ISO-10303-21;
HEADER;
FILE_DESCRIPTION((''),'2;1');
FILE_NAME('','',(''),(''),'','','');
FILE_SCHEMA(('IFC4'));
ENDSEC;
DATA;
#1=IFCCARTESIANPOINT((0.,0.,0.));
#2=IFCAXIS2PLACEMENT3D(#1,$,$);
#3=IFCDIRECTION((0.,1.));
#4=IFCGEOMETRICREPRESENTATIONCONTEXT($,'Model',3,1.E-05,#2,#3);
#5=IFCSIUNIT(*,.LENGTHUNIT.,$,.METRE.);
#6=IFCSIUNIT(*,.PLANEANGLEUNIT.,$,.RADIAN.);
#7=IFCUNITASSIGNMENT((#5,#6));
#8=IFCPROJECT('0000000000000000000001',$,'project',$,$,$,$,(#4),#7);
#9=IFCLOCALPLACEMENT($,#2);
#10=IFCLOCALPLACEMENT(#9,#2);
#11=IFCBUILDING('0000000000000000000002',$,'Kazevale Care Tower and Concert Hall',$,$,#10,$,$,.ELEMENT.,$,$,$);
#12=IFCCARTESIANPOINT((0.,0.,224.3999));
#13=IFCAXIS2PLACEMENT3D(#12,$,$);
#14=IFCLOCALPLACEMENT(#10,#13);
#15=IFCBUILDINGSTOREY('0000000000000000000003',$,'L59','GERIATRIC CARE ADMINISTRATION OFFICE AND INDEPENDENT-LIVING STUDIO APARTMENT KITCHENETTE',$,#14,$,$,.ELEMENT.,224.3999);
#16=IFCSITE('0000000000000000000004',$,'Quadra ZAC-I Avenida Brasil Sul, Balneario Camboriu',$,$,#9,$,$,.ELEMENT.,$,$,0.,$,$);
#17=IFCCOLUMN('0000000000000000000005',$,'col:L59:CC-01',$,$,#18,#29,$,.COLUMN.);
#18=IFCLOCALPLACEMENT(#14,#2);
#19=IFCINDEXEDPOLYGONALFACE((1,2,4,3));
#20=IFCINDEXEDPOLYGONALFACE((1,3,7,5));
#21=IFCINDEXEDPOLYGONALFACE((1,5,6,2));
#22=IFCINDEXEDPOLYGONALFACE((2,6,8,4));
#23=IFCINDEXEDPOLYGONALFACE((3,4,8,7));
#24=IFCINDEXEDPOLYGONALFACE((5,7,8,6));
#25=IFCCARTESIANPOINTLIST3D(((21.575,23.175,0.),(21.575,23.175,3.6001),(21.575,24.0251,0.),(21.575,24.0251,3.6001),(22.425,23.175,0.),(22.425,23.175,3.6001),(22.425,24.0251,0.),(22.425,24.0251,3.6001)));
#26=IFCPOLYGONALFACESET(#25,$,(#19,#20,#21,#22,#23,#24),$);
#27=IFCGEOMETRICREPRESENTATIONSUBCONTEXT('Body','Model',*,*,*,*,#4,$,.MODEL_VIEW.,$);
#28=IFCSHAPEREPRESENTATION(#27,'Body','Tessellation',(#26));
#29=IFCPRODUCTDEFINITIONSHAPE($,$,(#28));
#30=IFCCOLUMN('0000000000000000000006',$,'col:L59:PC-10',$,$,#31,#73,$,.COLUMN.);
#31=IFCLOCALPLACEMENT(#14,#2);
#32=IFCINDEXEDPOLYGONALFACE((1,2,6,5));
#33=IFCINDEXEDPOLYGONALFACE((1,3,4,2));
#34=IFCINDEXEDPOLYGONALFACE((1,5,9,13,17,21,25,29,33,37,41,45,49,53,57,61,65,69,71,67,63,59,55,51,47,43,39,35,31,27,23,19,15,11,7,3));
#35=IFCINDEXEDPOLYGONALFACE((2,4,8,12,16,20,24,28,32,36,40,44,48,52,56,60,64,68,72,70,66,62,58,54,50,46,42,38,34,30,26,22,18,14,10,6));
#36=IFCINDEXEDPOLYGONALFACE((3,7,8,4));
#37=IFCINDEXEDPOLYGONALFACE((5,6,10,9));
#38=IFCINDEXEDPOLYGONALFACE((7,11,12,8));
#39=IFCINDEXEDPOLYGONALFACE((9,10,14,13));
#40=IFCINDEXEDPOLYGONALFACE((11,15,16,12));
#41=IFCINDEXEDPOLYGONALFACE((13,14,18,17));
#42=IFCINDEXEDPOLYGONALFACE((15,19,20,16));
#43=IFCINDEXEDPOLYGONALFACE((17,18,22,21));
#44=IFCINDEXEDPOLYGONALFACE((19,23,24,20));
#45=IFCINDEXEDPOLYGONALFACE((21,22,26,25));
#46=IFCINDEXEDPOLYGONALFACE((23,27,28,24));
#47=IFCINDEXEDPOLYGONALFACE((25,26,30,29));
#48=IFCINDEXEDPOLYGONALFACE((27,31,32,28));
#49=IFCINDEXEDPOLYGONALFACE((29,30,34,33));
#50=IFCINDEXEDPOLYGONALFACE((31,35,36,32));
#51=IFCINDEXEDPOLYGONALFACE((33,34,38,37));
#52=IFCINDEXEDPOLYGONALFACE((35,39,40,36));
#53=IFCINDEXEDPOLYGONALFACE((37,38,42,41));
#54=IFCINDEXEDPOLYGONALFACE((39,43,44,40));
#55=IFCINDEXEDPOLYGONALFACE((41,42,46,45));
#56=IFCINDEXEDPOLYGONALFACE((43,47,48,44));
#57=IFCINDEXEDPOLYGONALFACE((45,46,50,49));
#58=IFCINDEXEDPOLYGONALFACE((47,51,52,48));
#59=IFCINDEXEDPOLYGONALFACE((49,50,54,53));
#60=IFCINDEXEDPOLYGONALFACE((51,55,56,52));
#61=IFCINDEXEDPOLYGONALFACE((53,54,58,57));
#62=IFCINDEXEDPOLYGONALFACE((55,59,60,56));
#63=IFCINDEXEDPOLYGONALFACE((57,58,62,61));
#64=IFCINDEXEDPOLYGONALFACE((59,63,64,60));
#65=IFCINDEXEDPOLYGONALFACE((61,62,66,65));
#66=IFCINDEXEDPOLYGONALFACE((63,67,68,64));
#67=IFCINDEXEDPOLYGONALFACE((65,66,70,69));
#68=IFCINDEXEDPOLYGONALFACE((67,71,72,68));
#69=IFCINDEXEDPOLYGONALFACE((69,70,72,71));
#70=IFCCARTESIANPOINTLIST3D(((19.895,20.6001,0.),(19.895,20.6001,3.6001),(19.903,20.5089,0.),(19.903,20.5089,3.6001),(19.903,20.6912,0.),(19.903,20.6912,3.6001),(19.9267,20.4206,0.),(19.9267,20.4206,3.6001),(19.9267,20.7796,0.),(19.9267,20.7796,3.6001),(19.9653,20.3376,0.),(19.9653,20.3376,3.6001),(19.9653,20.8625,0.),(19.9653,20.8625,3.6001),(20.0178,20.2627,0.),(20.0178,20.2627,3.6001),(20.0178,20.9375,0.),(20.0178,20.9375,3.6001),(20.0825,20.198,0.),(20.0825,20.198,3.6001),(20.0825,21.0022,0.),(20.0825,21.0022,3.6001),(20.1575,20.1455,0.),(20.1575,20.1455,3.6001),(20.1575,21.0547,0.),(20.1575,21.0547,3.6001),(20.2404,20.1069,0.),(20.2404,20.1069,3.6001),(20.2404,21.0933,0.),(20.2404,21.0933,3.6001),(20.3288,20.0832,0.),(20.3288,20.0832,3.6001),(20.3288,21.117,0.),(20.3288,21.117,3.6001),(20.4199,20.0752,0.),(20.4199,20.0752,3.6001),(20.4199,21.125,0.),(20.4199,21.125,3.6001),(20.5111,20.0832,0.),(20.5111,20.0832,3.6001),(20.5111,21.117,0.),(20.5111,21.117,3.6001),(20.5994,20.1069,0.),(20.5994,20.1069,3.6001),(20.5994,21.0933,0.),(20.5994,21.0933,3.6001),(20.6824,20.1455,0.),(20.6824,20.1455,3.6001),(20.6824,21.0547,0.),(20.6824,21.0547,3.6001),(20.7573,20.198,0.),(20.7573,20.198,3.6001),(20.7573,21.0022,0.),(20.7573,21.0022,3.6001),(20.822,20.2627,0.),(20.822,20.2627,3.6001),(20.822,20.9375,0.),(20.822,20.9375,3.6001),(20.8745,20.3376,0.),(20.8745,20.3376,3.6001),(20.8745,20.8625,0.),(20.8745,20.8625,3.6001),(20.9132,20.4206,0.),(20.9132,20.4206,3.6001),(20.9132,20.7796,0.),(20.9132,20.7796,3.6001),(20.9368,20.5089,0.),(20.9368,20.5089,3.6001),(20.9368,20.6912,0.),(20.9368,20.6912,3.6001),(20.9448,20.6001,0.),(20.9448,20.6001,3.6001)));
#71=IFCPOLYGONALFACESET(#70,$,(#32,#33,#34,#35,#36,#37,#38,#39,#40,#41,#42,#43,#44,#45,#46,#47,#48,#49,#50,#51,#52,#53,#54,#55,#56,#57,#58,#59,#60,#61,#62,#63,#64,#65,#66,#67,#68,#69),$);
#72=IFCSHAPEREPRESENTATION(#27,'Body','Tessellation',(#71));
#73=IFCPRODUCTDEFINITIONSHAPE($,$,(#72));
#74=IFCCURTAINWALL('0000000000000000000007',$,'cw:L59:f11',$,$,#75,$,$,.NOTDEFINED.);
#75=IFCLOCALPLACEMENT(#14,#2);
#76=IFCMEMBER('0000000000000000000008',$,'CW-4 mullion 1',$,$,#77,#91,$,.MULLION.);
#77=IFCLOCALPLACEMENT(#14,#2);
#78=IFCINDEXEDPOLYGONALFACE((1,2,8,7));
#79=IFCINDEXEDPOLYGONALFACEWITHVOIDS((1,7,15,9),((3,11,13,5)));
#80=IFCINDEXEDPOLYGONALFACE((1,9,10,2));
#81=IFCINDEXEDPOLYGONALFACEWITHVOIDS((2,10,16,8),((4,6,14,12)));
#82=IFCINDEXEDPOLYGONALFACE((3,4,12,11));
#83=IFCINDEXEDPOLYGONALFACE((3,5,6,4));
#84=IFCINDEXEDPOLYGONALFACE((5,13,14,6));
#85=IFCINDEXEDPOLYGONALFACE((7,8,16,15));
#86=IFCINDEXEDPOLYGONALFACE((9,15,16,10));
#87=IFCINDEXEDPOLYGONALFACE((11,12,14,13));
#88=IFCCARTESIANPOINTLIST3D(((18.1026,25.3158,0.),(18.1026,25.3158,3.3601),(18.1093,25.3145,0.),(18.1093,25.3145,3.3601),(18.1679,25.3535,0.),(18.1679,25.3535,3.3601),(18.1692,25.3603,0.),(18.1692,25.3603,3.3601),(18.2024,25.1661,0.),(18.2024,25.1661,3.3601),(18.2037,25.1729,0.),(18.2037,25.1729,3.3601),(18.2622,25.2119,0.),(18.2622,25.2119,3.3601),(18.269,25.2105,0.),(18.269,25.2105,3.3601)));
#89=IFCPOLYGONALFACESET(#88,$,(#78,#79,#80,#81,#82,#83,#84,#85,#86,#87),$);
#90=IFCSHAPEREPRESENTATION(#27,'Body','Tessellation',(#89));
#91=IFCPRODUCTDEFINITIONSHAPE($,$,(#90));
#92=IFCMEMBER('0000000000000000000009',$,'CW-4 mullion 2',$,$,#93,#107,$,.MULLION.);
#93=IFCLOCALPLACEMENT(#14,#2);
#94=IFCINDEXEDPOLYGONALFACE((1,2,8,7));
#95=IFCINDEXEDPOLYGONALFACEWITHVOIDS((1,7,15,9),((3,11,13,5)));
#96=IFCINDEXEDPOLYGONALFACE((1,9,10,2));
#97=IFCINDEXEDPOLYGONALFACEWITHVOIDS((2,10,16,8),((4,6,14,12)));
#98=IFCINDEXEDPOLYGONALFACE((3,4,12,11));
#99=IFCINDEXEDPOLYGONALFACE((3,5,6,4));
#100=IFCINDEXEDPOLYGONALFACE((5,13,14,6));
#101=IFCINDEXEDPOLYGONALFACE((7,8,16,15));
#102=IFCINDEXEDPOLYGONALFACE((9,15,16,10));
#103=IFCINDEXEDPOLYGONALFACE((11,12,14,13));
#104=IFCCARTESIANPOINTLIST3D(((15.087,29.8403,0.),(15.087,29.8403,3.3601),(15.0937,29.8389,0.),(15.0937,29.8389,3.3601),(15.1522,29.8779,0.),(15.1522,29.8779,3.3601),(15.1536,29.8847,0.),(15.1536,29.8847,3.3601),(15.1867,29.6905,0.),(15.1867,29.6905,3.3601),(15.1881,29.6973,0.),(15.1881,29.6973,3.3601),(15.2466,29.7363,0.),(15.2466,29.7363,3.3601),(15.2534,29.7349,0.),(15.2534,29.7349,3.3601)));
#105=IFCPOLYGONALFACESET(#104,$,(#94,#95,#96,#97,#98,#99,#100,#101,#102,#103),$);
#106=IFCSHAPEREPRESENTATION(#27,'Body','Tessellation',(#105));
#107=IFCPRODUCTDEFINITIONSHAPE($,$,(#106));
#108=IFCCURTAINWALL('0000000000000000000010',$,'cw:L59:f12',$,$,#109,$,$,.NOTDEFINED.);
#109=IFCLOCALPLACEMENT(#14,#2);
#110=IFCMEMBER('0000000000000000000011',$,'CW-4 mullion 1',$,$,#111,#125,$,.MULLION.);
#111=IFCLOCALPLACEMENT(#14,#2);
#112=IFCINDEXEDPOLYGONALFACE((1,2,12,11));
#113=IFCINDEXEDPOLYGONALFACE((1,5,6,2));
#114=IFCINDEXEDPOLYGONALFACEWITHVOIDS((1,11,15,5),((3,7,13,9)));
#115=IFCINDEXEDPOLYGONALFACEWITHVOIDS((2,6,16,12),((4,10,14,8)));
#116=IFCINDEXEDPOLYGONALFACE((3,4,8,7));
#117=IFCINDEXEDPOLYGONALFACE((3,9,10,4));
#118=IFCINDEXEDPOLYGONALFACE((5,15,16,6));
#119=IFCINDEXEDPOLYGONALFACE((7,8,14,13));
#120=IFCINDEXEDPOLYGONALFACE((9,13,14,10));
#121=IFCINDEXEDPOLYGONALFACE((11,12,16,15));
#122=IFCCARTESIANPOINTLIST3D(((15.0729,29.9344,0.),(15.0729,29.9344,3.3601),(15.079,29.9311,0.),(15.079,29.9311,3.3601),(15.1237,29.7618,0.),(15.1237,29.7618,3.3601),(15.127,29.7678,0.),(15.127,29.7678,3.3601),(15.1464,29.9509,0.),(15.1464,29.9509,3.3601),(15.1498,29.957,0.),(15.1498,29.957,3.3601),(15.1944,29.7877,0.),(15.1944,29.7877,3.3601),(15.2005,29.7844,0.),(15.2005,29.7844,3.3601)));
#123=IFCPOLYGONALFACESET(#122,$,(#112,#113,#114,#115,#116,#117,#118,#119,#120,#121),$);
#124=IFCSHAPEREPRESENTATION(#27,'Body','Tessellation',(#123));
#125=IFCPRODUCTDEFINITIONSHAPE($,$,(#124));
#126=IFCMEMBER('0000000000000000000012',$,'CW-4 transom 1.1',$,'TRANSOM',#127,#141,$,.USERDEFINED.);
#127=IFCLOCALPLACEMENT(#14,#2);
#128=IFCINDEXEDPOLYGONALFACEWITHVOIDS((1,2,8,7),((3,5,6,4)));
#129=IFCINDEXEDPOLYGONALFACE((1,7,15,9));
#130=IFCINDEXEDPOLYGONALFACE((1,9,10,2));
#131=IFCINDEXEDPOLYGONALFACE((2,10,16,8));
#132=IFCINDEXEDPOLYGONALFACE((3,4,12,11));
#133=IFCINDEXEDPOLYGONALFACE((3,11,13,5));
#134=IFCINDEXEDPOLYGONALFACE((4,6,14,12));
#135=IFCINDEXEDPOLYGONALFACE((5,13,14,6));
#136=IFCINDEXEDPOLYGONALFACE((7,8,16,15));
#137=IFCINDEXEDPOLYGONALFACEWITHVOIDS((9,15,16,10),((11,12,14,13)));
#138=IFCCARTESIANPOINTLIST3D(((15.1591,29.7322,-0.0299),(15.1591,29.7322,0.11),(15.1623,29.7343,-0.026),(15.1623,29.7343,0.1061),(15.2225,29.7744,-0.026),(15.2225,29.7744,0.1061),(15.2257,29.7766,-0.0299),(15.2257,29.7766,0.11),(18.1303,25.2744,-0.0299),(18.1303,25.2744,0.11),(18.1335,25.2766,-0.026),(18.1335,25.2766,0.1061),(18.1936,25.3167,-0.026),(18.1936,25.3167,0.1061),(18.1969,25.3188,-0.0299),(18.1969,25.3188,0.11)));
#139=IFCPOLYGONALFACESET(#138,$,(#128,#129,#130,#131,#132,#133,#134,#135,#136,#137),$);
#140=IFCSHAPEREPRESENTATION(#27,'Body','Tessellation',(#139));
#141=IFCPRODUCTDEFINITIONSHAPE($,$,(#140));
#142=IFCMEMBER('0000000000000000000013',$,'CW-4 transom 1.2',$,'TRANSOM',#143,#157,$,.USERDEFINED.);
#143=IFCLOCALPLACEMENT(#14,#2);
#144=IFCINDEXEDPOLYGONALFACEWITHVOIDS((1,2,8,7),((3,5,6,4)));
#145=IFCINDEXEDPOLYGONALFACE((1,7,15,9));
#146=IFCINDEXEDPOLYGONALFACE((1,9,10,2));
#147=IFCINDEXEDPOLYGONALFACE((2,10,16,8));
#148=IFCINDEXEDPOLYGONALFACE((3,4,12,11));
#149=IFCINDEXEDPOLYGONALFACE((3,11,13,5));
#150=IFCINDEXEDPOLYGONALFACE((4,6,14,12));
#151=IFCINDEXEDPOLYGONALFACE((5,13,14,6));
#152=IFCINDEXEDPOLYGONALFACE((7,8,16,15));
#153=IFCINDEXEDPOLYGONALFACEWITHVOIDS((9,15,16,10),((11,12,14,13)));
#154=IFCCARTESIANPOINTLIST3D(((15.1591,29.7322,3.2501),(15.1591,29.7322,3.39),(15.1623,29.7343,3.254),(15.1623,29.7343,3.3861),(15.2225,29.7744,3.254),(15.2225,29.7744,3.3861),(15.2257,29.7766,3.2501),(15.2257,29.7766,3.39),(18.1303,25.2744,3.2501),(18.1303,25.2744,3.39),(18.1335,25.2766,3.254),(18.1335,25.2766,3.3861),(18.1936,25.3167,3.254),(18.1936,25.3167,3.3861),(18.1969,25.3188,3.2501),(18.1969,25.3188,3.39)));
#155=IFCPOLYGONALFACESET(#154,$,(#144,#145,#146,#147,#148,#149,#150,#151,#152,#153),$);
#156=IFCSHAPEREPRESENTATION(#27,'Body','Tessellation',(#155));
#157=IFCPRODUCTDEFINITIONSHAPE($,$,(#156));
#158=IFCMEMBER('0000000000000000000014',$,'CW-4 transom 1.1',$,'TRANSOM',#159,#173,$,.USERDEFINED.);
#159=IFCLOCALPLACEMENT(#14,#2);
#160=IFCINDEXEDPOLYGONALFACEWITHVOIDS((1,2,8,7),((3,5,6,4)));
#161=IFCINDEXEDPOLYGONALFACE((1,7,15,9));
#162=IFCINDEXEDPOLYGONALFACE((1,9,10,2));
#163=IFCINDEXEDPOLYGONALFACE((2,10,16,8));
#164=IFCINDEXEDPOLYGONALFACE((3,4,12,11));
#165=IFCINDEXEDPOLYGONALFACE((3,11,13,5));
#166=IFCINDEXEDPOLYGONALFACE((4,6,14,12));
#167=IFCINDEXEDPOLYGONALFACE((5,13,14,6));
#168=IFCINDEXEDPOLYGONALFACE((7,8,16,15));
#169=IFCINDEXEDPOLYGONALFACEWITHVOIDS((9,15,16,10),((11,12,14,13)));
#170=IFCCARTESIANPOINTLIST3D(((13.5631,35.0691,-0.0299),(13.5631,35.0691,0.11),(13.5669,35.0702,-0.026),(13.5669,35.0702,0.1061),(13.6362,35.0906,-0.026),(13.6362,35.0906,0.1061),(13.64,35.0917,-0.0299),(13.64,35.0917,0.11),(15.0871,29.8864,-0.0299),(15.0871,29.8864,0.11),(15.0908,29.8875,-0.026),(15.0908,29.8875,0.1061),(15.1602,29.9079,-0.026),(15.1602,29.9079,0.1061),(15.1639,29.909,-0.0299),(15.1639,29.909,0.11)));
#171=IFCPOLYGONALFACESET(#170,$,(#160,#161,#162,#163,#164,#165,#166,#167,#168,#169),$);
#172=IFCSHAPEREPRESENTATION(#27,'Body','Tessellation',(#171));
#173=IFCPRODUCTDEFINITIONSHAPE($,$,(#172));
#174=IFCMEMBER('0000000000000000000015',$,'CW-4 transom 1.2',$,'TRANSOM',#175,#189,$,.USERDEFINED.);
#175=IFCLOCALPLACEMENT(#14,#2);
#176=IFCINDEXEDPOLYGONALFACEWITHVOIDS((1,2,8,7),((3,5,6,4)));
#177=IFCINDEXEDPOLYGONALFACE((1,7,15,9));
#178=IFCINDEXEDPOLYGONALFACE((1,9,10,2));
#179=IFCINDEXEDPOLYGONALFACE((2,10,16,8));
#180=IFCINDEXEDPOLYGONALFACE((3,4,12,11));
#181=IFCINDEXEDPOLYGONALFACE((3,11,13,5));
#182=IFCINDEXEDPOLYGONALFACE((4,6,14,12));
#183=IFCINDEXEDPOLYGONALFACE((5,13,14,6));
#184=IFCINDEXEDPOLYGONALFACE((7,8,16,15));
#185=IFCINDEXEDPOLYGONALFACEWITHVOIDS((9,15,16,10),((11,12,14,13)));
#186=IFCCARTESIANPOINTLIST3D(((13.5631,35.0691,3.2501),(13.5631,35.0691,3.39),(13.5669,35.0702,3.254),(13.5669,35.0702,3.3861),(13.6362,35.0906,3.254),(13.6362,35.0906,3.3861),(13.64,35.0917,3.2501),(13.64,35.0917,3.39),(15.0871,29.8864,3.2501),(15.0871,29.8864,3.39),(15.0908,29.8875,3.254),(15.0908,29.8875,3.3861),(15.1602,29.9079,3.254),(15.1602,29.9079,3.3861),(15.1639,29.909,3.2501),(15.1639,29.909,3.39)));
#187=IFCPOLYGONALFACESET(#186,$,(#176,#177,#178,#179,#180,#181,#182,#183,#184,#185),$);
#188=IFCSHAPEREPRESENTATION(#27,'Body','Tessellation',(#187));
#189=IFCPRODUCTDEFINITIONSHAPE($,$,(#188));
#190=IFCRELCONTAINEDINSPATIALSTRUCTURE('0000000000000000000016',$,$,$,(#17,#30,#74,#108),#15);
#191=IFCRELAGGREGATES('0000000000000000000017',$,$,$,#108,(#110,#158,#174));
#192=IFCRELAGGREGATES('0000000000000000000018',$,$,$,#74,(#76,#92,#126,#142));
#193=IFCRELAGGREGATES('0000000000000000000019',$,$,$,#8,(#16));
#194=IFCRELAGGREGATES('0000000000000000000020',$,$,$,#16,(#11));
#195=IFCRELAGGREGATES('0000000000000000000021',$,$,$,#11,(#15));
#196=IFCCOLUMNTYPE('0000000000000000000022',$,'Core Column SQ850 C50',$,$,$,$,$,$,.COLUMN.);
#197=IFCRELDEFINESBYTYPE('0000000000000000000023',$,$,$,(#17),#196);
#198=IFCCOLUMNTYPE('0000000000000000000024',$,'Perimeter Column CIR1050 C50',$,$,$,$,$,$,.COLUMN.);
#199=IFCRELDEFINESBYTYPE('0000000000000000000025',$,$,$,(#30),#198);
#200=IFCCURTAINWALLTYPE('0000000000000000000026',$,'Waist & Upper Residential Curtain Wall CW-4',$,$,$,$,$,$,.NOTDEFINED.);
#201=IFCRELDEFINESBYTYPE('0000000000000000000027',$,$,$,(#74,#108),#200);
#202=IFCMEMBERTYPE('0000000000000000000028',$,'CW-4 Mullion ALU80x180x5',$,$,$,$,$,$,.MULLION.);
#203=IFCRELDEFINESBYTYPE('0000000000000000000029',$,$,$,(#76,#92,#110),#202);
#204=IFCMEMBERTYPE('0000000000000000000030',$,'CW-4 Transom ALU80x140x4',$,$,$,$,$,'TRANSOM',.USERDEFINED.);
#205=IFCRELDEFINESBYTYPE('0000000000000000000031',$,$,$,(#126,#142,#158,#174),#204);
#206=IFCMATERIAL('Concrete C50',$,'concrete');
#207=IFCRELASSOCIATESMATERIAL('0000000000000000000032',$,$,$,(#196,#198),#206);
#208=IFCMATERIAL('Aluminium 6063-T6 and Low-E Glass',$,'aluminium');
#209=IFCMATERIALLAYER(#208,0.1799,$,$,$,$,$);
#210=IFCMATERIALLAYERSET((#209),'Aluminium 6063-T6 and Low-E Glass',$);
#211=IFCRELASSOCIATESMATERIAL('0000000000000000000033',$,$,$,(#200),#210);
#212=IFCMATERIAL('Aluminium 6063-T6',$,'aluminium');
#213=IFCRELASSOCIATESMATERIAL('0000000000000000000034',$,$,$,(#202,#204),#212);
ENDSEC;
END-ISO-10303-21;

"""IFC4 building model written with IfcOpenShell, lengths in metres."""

from ifc_helpers import new_model, si_unit, direction, frame, origin, origin_2d, place, context, subcontext, project, spatial, rectangle, hollow_rectangle, circle, extrude, material, layer, layer_set, material_profile, profile_set, type_object, element, aggregate, save


model = new_model("IFC4")

# Units and contexts
model_context = context("Model", 3, precision=1e-05, world=origin(), true_north=direction((0.0, 1.0)))
body_context = subcontext(model_context, "Body", "Model", "MODEL_VIEW")
ifc_project = project(units=[si_unit("LENGTHUNIT", "METRE"), si_unit("PLANEANGLEUNIT", "RADIAN")], contexts=[model_context])

# Site, building, storey
site_placement = place(None, origin())
site = spatial("IfcSite", under=ifc_project, at=site_placement, Name="Quadra ZAC-I Avenida Brasil Sul, Balneario Camboriu", CompositionType="ELEMENT", RefElevation=0.0)
building_placement = place(site_placement, origin())
building = spatial("IfcBuilding", under=site, at=building_placement, Name="Kazevale Care Tower and Concert Hall", CompositionType="ELEMENT")
storey_placement = place(building_placement, frame((0.0, 0.0, 224.3999)))
storey = spatial("IfcBuildingStorey", under=building, at=storey_placement, Name="L59", Description="GERIATRIC CARE ADMINISTRATION OFFICE AND INDEPENDENT-LIVING STUDIO APARTMENT KITCHENETTE", CompositionType="ELEMENT", Elevation=224.3999)

# Columns
ifc_material_1 = material(Name="Concrete C50", Category="concrete")
ifc_material_profile_1 = material_profile(ifc_material_1, rectangle(XDim=0.8501, YDim=0.8501, at=origin_2d()), Name="RC-SQ850")
ifc_profile_set_1 = profile_set([ifc_material_profile_1], Name="Concrete C50")
column_type_1 = type_object("IfcColumnType", Name="Core Column SQ850 C50", PredefinedType="COLUMN", material=ifc_profile_set_1)
column_1_placement = place(storey_placement, frame((22.0, 23.6001, 0.0), z_axis=(0.0, 0.0, 1.0), x_axis=(1.0, 0.0, 0.0)))
element("IfcColumn", 1, at=column_1_placement, inside=storey, type_object=column_type_1, Name="col:L59:CC-01", PredefinedType="COLUMN", context=body_context, shape_type="SweptSolid", body=[
    extrude(rectangle(XDim=0.8501, YDim=0.8501, at=origin_2d()), origin(), (0.0, 0.0, 1.0), 3.6001),
])
ifc_material_profile_2 = material_profile(ifc_material_1, circle(Radius=0.5249, at=origin_2d()), Name="RC-CIR1050")
ifc_profile_set_2 = profile_set([ifc_material_profile_2], Name="Concrete C50")
column_type_2 = type_object("IfcColumnType", Name="Perimeter Column CIR1050 C50", PredefinedType="COLUMN", material=ifc_profile_set_2)
column_2_placement = place(storey_placement, frame((20.4199, 20.6001, 0.0), z_axis=(0.0, 0.0, 1.0), x_axis=(1.0, 0.0, 0.0)))
element("IfcColumn", 2, at=column_2_placement, inside=storey, type_object=column_type_2, Name="col:L59:PC-10", PredefinedType="COLUMN", context=body_context, shape_type="SweptSolid", body=[
    extrude(circle(Radius=0.5249, at=origin_2d()), origin(), (0.0, 0.0, 1.0), 3.6001),
])

# Curtain wall, members
ifc_material_2 = material(Name="Aluminium 6063-T6 and Low-E Glass", Category="aluminium")
ifc_layer_1 = layer(ifc_material_2, 0.1799)
ifc_layer_set_1 = layer_set([ifc_layer_1], Name="Aluminium 6063-T6 and Low-E Glass")
curtain_wall_type_1 = type_object("IfcCurtainWallType", Name="Waist & Upper Residential Curtain Wall CW-4", PredefinedType="NOTDEFINED", material=ifc_layer_set_1)
curtain_wall_1_placement = place(storey_placement, origin())
curtain_wall_1 = element("IfcCurtainWall", 3, at=curtain_wall_1_placement, inside=storey, type_object=curtain_wall_type_1, Name="cw:L59:f11", PredefinedType="NOTDEFINED")
ifc_material_3 = material(Name="Aluminium 6063-T6", Category="aluminium")
ifc_material_profile_3 = material_profile(ifc_material_3, hollow_rectangle(XDim=0.0801, YDim=0.1799, WallThickness=0.0049, at=origin_2d()), Name="ALU80x180x5")
ifc_profile_set_3 = profile_set([ifc_material_profile_3], Name="Aluminium 6063-T6")
member_type_1 = type_object("IfcMemberType", Name="CW-4 Mullion ALU80x180x5", PredefinedType="MULLION", material=ifc_profile_set_3)
member_1_placement = place(storey_placement, frame((18.1858, 25.2632, 0.0), z_axis=(0.0, 0.0, 1.0), x_axis=(-0.832106, -0.554617, 0.0)))
member_1 = element("IfcMember", 4, at=member_1_placement, type_object=member_type_1, Name="CW-4 mullion 1", PredefinedType="MULLION", context=body_context, shape_type="SweptSolid", body=[
    extrude(hollow_rectangle(XDim=0.0801, YDim=0.1799, WallThickness=0.0049, at=origin_2d()), origin(), (0.0, 0.0, 1.0), 3.3601),
])
member_2_placement = place(storey_placement, frame((15.1702, 29.7876, 0.0), z_axis=(0.0, 0.0, 1.0), x_axis=(-0.832106, -0.554617, 0.0)))
member_2 = element("IfcMember", 5, at=member_2_placement, type_object=member_type_1, Name="CW-4 mullion 2", PredefinedType="MULLION", context=body_context, shape_type="SweptSolid", body=[
    extrude(hollow_rectangle(XDim=0.0801, YDim=0.1799, WallThickness=0.0049, at=origin_2d()), origin(), (0.0, 0.0, 1.0), 3.3601),
])

# Curtain wall, member
curtain_wall_2_placement = place(storey_placement, origin())
curtain_wall_2 = element("IfcCurtainWall", 6, at=curtain_wall_2_placement, inside=storey, type_object=curtain_wall_type_1, Name="cw:L59:f12", PredefinedType="NOTDEFINED")
member_3_placement = place(storey_placement, frame((15.1367, 29.8594, 0.0), z_axis=(0.0, 0.0, 1.0), x_axis=(-0.959386, -0.282098, 0.0)))
member_3 = element("IfcMember", 7, at=member_3_placement, type_object=member_type_1, Name="CW-4 mullion 1", PredefinedType="MULLION", context=body_context, shape_type="SweptSolid", body=[
    extrude(hollow_rectangle(XDim=0.0801, YDim=0.1799, WallThickness=0.0049, at=origin_2d()), origin(), (0.0, 0.0, 1.0), 3.3601),
])

# Members
ifc_material_profile_4 = material_profile(ifc_material_3, hollow_rectangle(XDim=0.0801, YDim=0.1399, WallThickness=0.0039, at=origin_2d()), Name="ALU80x140x4")
ifc_profile_set_4 = profile_set([ifc_material_profile_4], Name="Aluminium 6063-T6")
member_type_2 = type_object("IfcMemberType", Name="CW-4 Transom ALU80x140x4", ElementType="TRANSOM", PredefinedType="USERDEFINED", material=ifc_profile_set_4)
member_4_placement = place(storey_placement, frame((18.1636, 25.2966, 0.04), z_axis=(-0.554616, 0.832106, 0.0), x_axis=(-0.832106, -0.554616, 0.0)))
member_4 = element("IfcMember", 8, at=member_4_placement, type_object=member_type_2, Name="CW-4 transom 1.1", ObjectType="TRANSOM", PredefinedType="USERDEFINED", context=body_context, shape_type="SweptSolid", body=[
    extrude(hollow_rectangle(XDim=0.0801, YDim=0.1399, WallThickness=0.0039, at=origin_2d()), origin(), (0.0, 0.0, 1.0), 5.3572),
])
member_5_placement = place(storey_placement, frame((18.1636, 25.2966, 3.3201), z_axis=(-0.554616, 0.832106, 0.0), x_axis=(-0.832106, -0.554616, 0.0)))
member_5 = element("IfcMember", 9, at=member_5_placement, type_object=member_type_2, Name="CW-4 transom 1.2", ObjectType="TRANSOM", PredefinedType="USERDEFINED", context=body_context, shape_type="SweptSolid", body=[
    extrude(hollow_rectangle(XDim=0.0801, YDim=0.1399, WallThickness=0.0039, at=origin_2d()), origin(), (0.0, 0.0, 1.0), 5.3572),
])
member_6_placement = place(storey_placement, frame((15.1255, 29.8977, 0.04), z_axis=(-0.282103, 0.959384, 0.0), x_axis=(-0.959384, -0.282103, 0.0)))
member_6 = element("IfcMember", 10, at=member_6_placement, type_object=member_type_2, Name="CW-4 transom 1.1", ObjectType="TRANSOM", PredefinedType="USERDEFINED", context=body_context, shape_type="SweptSolid", body=[
    extrude(hollow_rectangle(XDim=0.0801, YDim=0.1399, WallThickness=0.0039, at=origin_2d()), origin(), (0.0, 0.0, 1.0), 5.4021),
])
member_7_placement = place(storey_placement, frame((15.1255, 29.8977, 3.3201), z_axis=(-0.282103, 0.959384, 0.0), x_axis=(-0.959384, -0.282103, 0.0)))
member_7 = element("IfcMember", 11, at=member_7_placement, type_object=member_type_2, Name="CW-4 transom 1.2", ObjectType="TRANSOM", PredefinedType="USERDEFINED", context=body_context, shape_type="SweptSolid", body=[
    extrude(hollow_rectangle(XDim=0.0801, YDim=0.1399, WallThickness=0.0039, at=origin_2d()), origin(), (0.0, 0.0, 1.0), 5.4021),
])
aggregate(curtain_wall_2, [member_3, member_6, member_7])

aggregate(curtain_wall_1, [member_1, member_2, member_4, member_5])

save(model, "model.ifc")
